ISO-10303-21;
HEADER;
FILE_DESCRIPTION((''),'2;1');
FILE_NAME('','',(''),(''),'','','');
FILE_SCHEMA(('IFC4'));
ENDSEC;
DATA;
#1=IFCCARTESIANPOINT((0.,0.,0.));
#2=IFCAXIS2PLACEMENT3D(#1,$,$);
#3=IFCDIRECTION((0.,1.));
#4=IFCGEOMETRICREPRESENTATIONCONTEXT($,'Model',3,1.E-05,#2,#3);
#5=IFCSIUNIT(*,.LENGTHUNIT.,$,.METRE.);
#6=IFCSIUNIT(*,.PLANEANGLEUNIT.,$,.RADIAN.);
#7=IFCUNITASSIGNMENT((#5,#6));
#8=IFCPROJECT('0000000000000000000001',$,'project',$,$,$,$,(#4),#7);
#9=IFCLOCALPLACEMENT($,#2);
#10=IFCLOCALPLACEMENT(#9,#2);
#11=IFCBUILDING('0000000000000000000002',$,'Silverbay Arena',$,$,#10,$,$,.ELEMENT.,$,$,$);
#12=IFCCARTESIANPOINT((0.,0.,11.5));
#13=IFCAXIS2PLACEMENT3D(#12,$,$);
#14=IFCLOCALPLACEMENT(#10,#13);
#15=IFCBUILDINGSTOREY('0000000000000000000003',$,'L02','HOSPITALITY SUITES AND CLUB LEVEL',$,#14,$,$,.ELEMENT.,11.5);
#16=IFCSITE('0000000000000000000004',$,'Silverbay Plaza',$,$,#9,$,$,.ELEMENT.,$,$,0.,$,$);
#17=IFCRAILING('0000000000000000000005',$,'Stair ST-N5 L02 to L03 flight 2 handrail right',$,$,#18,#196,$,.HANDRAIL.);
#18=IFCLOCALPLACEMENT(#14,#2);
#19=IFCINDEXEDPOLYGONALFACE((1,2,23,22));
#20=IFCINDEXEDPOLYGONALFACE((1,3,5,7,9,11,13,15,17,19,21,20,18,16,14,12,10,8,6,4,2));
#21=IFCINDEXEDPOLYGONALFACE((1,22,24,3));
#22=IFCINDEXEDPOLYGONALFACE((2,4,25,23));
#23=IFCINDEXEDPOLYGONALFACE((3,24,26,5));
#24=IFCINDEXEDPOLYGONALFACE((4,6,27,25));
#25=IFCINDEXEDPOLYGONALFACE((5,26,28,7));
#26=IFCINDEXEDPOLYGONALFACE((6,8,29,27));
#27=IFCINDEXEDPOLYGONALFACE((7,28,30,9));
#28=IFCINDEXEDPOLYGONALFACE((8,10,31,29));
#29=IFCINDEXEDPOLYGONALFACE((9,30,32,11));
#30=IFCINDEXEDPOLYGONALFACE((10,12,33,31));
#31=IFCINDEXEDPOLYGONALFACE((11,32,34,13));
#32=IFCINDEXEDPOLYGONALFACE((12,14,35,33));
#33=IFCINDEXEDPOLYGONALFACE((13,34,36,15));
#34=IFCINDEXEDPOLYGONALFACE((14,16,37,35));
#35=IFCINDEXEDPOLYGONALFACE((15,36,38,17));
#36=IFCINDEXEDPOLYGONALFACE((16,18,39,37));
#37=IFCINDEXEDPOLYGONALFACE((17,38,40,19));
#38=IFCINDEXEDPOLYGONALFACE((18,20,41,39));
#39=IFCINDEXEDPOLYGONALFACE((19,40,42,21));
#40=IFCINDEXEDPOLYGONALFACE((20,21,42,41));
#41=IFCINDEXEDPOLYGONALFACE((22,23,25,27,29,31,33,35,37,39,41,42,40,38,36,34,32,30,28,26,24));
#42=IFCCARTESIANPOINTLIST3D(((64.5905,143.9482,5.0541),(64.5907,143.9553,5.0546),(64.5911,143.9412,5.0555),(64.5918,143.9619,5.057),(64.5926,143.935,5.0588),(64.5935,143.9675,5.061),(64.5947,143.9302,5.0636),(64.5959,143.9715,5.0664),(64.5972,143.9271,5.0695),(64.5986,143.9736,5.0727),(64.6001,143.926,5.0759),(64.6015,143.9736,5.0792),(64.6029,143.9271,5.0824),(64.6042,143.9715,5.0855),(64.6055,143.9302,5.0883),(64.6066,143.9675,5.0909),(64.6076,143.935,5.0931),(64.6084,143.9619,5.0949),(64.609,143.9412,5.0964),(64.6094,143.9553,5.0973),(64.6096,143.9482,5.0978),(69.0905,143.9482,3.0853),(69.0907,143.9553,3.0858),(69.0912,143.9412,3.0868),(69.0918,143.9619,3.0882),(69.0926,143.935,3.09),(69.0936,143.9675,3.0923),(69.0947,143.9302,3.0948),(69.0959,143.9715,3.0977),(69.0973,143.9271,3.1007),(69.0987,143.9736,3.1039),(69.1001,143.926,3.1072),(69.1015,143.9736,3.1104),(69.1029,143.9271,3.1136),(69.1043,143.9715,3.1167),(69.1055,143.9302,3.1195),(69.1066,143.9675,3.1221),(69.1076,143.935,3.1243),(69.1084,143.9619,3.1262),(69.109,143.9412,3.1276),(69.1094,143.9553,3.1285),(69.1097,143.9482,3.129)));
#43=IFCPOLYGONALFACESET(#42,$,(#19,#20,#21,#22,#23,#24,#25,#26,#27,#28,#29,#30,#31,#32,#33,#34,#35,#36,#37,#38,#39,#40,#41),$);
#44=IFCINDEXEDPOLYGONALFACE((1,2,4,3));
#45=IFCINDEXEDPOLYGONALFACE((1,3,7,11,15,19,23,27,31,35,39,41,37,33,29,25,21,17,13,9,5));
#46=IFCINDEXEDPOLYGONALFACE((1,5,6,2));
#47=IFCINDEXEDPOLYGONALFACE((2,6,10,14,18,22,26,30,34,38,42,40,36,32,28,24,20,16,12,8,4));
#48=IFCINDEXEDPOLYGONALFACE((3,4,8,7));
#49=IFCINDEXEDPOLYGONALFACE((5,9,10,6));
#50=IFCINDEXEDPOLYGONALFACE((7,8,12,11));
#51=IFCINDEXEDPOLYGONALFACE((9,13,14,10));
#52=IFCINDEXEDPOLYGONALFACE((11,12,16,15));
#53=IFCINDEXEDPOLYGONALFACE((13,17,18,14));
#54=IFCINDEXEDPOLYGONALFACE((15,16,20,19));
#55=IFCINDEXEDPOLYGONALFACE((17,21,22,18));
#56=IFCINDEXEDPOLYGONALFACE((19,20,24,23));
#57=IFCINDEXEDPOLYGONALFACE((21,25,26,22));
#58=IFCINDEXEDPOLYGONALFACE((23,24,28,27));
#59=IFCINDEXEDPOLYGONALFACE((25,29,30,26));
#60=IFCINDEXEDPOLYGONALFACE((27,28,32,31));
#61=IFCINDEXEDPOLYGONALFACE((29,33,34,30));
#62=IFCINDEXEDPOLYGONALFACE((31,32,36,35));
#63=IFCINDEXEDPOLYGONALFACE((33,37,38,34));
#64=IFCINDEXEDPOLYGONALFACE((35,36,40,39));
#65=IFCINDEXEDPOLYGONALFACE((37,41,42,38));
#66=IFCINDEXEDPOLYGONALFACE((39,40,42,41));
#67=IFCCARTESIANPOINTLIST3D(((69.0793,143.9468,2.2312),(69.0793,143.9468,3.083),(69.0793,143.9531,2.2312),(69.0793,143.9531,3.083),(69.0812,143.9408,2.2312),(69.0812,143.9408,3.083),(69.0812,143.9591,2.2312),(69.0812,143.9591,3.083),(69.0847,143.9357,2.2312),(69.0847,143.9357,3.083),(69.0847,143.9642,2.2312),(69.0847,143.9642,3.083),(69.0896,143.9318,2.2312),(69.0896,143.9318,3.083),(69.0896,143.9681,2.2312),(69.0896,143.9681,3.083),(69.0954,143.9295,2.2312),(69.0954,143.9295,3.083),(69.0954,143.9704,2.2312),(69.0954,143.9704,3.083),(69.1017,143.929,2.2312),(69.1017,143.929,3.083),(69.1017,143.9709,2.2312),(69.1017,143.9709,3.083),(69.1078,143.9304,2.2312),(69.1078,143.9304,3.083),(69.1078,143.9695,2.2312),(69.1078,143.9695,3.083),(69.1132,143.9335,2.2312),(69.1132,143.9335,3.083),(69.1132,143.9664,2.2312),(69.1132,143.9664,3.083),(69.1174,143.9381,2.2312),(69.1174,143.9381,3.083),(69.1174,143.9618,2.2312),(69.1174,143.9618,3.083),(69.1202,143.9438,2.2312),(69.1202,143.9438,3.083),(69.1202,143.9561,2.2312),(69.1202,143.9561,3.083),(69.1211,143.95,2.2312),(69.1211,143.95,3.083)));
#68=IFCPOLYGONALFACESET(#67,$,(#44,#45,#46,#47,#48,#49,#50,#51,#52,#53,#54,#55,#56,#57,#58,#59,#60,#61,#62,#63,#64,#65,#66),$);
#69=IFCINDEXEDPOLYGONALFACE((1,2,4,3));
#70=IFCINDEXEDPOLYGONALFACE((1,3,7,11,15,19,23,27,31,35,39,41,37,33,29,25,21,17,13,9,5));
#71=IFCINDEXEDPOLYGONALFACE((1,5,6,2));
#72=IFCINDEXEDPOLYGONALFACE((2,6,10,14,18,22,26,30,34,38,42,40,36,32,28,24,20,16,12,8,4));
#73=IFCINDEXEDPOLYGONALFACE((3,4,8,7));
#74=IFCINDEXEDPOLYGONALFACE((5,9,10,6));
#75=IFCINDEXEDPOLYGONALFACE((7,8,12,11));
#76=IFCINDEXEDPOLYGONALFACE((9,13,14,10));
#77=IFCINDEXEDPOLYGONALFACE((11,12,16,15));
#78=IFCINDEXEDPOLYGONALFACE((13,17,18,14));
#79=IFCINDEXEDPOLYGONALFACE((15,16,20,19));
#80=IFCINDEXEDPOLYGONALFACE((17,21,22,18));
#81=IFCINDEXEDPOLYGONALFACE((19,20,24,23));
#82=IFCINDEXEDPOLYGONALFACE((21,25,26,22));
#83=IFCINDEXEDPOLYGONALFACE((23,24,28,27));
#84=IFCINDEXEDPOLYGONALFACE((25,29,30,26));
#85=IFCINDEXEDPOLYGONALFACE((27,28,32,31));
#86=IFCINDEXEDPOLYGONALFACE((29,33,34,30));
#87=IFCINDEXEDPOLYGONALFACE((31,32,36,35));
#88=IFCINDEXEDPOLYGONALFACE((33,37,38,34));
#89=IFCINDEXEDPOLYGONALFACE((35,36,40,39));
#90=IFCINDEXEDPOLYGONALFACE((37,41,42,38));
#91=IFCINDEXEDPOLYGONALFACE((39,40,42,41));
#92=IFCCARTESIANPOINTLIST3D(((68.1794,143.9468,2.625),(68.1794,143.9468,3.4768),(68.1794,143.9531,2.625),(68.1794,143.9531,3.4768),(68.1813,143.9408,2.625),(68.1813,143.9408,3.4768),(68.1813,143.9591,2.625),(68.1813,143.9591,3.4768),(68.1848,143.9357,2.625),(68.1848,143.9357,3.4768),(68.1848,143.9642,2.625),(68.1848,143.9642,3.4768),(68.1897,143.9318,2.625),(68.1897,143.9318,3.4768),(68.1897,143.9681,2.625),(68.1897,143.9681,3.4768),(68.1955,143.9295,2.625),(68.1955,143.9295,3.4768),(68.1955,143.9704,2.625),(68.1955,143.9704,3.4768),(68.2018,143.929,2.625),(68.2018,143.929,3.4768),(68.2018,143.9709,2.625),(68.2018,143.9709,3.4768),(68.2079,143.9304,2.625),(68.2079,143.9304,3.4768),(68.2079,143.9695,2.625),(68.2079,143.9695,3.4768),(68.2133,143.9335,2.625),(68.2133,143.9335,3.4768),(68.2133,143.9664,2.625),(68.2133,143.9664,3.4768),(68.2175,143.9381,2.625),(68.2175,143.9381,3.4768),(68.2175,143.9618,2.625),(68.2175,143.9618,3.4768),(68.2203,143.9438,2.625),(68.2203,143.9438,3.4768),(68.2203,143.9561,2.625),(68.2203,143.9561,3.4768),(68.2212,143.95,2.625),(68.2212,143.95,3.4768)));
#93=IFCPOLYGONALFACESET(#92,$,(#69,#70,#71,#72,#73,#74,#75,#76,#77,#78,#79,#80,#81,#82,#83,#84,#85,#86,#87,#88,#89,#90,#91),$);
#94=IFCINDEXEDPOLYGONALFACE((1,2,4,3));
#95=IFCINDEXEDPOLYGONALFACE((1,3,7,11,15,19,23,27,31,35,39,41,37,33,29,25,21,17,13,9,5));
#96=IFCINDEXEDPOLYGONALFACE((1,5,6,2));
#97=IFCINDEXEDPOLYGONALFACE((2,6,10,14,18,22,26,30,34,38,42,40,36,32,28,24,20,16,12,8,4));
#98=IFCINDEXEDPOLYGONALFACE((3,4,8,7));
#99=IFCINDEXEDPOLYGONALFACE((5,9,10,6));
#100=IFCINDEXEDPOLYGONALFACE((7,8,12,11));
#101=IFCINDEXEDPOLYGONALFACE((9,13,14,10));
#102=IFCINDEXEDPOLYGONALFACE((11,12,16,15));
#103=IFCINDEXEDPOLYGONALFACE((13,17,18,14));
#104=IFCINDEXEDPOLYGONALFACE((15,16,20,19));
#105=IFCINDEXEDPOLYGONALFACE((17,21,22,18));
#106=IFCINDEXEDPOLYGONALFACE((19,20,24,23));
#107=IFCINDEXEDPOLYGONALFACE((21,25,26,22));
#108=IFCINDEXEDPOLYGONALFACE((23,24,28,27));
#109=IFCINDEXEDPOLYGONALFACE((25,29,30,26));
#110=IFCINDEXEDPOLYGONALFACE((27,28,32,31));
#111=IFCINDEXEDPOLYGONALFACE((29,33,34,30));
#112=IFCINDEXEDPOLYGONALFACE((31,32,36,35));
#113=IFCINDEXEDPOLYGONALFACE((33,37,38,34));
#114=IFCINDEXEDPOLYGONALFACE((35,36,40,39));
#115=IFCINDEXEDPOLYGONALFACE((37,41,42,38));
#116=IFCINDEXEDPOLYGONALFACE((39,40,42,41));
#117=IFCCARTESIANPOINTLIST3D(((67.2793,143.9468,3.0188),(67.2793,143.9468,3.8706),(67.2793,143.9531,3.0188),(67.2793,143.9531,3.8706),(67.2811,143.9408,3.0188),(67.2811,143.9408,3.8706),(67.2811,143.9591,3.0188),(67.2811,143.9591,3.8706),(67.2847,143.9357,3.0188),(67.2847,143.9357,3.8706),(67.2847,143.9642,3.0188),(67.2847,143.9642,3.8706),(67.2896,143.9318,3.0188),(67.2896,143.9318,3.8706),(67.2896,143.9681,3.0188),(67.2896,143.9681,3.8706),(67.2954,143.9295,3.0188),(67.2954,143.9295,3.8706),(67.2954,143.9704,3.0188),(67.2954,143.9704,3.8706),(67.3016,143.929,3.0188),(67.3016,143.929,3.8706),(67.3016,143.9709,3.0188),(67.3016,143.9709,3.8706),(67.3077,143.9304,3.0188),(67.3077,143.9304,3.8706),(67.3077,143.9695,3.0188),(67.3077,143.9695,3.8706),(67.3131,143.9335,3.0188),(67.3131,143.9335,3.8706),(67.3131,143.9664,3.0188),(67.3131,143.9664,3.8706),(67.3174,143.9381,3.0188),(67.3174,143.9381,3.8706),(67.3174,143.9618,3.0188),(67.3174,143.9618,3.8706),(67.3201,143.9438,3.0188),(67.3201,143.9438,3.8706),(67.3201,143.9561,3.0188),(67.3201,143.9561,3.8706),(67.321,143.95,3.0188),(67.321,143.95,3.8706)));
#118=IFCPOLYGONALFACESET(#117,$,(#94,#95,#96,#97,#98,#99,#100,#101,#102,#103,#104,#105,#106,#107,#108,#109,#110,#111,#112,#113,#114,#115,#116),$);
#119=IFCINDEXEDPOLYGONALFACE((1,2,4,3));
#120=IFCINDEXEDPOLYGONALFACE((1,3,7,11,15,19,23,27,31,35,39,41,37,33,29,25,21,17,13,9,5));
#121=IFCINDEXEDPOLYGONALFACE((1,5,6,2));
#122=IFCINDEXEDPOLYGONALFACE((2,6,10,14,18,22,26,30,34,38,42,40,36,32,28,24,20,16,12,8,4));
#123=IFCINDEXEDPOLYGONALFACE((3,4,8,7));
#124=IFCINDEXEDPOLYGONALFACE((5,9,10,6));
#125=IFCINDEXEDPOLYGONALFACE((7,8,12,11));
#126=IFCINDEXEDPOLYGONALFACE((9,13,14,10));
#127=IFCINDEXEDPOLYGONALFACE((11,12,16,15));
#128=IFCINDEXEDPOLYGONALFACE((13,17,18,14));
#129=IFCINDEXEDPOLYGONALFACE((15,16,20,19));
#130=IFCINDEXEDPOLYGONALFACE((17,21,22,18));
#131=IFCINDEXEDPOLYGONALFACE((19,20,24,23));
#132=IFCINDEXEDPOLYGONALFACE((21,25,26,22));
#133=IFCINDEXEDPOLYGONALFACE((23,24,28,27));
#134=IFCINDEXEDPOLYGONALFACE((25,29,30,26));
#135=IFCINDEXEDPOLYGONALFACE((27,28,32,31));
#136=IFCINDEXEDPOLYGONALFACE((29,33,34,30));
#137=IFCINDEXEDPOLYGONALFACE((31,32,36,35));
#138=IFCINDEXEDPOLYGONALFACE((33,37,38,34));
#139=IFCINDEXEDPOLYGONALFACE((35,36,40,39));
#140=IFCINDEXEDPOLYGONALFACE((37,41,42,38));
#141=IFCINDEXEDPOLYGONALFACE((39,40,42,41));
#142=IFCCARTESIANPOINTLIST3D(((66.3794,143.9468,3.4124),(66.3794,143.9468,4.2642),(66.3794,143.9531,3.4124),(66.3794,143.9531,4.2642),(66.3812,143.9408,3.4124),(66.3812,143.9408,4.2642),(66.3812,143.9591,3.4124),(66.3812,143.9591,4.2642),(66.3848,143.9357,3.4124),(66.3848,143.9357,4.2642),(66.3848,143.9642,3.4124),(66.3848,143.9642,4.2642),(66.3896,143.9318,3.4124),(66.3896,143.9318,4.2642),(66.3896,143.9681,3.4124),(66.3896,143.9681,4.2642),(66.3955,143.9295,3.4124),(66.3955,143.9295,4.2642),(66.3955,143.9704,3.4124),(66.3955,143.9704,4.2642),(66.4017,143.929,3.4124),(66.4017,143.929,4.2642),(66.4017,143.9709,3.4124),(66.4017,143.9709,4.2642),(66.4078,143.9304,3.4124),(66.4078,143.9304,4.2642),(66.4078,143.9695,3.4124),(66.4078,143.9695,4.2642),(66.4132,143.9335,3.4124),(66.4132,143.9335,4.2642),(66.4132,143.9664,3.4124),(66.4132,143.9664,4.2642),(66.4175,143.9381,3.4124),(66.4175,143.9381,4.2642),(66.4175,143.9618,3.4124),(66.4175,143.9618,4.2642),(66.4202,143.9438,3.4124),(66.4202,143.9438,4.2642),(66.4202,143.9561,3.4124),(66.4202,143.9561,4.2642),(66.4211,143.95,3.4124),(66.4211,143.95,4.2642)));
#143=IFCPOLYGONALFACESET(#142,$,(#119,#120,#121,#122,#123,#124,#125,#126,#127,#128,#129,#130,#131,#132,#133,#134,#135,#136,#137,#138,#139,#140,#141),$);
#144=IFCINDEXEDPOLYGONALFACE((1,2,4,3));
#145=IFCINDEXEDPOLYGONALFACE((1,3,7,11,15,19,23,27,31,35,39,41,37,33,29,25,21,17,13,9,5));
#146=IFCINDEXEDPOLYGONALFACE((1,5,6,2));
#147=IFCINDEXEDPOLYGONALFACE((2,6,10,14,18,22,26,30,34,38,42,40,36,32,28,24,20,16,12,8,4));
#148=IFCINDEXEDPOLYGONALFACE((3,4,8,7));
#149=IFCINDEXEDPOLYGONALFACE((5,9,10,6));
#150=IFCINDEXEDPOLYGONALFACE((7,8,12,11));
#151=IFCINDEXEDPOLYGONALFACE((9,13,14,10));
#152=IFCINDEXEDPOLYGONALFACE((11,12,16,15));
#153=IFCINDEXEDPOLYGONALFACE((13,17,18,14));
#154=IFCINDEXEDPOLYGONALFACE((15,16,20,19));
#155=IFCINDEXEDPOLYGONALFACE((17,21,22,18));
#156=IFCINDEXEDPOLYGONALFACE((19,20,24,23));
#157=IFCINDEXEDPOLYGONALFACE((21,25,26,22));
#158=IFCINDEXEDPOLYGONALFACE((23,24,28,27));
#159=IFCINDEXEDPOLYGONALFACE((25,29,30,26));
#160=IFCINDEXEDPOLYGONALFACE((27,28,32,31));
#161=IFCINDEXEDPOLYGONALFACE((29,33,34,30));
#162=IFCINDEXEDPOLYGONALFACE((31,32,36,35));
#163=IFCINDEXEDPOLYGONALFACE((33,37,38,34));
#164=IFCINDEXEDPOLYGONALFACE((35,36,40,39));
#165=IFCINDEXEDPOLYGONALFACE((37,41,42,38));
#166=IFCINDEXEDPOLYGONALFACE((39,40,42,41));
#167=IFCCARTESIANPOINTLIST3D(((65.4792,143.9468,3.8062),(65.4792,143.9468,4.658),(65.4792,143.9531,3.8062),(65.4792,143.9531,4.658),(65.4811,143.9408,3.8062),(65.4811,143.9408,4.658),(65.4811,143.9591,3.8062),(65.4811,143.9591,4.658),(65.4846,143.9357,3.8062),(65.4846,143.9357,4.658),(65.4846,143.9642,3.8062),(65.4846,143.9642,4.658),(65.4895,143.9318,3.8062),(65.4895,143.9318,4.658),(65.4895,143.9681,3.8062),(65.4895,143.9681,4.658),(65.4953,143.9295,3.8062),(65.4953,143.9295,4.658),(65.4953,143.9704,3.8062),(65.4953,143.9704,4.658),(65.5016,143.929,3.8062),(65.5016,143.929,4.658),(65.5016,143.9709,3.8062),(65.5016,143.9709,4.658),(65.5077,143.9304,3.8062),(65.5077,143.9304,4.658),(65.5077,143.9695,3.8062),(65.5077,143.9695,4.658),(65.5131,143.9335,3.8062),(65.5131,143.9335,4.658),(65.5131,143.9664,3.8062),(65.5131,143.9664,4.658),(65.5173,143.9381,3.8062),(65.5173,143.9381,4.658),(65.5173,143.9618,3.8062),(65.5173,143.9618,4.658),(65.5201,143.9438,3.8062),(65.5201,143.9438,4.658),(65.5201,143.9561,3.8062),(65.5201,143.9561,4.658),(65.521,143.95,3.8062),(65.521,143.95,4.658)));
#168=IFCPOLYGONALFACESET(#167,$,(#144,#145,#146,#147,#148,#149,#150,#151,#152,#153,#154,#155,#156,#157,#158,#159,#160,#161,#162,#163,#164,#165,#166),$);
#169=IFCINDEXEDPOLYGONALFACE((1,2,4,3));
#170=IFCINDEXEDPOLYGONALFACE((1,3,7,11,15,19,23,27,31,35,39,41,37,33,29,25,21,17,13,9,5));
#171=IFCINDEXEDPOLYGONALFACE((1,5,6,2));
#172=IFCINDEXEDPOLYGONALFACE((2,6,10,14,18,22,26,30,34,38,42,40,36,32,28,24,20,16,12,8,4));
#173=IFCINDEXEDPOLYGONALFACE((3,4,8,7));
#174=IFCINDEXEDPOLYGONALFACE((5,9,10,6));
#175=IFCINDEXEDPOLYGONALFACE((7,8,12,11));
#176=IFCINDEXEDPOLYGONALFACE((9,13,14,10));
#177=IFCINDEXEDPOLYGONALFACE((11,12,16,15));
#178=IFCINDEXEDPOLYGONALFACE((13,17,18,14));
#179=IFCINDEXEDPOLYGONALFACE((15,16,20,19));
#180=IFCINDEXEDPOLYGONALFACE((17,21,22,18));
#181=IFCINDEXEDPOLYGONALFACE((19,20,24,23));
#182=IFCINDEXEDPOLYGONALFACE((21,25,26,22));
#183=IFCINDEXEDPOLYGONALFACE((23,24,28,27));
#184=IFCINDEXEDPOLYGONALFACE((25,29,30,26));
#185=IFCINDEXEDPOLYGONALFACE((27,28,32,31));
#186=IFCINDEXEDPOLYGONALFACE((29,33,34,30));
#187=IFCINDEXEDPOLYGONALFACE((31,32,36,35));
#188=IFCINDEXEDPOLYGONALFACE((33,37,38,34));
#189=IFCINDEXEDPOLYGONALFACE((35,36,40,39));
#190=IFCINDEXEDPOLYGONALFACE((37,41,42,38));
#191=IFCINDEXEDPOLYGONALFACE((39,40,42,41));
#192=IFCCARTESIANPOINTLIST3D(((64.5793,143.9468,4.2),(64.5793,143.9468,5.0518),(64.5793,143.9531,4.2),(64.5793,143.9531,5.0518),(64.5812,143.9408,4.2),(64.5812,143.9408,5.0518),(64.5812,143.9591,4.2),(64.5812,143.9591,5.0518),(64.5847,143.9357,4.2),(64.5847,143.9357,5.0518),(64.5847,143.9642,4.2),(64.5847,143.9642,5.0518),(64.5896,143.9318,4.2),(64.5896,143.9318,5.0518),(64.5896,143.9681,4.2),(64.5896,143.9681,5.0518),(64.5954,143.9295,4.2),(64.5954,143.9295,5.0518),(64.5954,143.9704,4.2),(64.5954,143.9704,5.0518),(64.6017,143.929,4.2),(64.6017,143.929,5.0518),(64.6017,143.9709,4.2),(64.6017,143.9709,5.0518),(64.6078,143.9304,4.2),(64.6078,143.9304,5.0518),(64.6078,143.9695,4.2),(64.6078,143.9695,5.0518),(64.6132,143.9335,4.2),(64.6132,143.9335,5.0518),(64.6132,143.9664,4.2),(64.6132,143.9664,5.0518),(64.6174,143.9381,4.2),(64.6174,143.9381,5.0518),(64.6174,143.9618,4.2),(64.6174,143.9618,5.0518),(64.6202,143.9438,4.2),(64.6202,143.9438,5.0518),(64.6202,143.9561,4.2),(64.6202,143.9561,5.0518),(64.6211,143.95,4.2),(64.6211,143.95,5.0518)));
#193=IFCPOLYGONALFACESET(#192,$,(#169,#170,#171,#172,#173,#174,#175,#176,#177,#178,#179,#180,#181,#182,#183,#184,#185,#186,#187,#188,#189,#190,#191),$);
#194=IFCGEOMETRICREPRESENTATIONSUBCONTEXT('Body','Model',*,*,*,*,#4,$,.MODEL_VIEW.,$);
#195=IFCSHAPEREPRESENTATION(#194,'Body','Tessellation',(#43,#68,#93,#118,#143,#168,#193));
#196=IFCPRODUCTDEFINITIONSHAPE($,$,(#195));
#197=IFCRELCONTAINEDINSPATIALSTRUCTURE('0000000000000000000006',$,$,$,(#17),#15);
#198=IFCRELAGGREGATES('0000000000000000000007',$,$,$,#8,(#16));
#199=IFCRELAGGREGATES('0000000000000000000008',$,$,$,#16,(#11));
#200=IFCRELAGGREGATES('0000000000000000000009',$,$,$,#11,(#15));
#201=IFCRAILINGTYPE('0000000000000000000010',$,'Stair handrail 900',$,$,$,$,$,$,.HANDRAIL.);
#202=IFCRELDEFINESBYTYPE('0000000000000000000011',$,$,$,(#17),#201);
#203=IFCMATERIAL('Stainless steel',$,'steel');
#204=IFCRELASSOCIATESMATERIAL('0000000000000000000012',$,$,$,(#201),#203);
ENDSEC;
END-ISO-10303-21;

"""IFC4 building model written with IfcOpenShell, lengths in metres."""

from ifc_helpers import new_model, si_unit, direction, frame, origin, origin_2d, place, context, subcontext, project, spatial, circle, extrude, material, type_object, element, save


model = new_model("IFC4")

# Units and contexts
model_context = context("Model", 3, precision=1e-05, world=origin(), true_north=direction((0.0, 1.0)))
body_context = subcontext(model_context, "Body", "Model", "MODEL_VIEW")
ifc_project = project(units=[si_unit("LENGTHUNIT", "METRE"), si_unit("PLANEANGLEUNIT", "RADIAN")], contexts=[model_context])

# Site, building, storey
site_placement = place(None, origin())
site = spatial("IfcSite", under=ifc_project, at=site_placement, Name="Silverbay Plaza", CompositionType="ELEMENT", RefElevation=0.0)
building_placement = place(site_placement, origin())
building = spatial("IfcBuilding", under=site, at=building_placement, Name="Silverbay Arena", CompositionType="ELEMENT")
storey_placement = place(building_placement, frame((0.0, 0.0, 11.5)))
storey = spatial("IfcBuildingStorey", under=building, at=storey_placement, Name="L02", Description="HOSPITALITY SUITES AND CLUB LEVEL", CompositionType="ELEMENT", Elevation=11.5)

# Railing
ifc_material_1 = material(Name="Stainless steel", Category="steel")
railing_type_1 = type_object("IfcRailingType", Name="Stair handrail 900", PredefinedType="HANDRAIL", material=ifc_material_1)
for number, where, name in (
    (1, (69.1001, 143.95, 2.2312), "Stair ST-N5 L02 to L03 flight 2 handrail right"),
):
    element("IfcRailing", number, at=place(storey_placement, frame(where)), inside=storey, type_object=railing_type_1, Name=name, PredefinedType="HANDRAIL", context=body_context, shape_type="SweptSolid", body=[
        extrude(circle(Radius=0.0239, at=origin_2d()), frame((0.0, 0.0, 0.876), z_axis=(-0.916157, 0.0, 0.400819), x_axis=(0.0, -1.0, 0.0)), (0.0, 0.0, 1.0), 4.9119),
        extrude(circle(Radius=0.021, at=origin_2d()), origin(), (0.0, 0.0, 1.0), 0.8518),
        extrude(circle(Radius=0.021, at=origin_2d()), frame((-0.8999, 0.0, 0.3938)), (0.0, 0.0, 1.0), 0.8518),
        extrude(circle(Radius=0.021, at=origin_2d()), frame((-1.8, 0.0, 0.7876)), (0.0, 0.0, 1.0), 0.8518),
        extrude(circle(Radius=0.021, at=origin_2d()), frame((-2.7, 0.0, 1.1812)), (0.0, 0.0, 1.0), 0.8518),
        extrude(circle(Radius=0.021, at=origin_2d()), frame((-3.6001, 0.0, 1.575)), (0.0, 0.0, 1.0), 0.8518),
        extrude(circle(Radius=0.021, at=origin_2d()), frame((-4.5, 0.0, 1.9688)), (0.0, 0.0, 1.0), 0.8518),
    ])

save(model, "model.ifc")
